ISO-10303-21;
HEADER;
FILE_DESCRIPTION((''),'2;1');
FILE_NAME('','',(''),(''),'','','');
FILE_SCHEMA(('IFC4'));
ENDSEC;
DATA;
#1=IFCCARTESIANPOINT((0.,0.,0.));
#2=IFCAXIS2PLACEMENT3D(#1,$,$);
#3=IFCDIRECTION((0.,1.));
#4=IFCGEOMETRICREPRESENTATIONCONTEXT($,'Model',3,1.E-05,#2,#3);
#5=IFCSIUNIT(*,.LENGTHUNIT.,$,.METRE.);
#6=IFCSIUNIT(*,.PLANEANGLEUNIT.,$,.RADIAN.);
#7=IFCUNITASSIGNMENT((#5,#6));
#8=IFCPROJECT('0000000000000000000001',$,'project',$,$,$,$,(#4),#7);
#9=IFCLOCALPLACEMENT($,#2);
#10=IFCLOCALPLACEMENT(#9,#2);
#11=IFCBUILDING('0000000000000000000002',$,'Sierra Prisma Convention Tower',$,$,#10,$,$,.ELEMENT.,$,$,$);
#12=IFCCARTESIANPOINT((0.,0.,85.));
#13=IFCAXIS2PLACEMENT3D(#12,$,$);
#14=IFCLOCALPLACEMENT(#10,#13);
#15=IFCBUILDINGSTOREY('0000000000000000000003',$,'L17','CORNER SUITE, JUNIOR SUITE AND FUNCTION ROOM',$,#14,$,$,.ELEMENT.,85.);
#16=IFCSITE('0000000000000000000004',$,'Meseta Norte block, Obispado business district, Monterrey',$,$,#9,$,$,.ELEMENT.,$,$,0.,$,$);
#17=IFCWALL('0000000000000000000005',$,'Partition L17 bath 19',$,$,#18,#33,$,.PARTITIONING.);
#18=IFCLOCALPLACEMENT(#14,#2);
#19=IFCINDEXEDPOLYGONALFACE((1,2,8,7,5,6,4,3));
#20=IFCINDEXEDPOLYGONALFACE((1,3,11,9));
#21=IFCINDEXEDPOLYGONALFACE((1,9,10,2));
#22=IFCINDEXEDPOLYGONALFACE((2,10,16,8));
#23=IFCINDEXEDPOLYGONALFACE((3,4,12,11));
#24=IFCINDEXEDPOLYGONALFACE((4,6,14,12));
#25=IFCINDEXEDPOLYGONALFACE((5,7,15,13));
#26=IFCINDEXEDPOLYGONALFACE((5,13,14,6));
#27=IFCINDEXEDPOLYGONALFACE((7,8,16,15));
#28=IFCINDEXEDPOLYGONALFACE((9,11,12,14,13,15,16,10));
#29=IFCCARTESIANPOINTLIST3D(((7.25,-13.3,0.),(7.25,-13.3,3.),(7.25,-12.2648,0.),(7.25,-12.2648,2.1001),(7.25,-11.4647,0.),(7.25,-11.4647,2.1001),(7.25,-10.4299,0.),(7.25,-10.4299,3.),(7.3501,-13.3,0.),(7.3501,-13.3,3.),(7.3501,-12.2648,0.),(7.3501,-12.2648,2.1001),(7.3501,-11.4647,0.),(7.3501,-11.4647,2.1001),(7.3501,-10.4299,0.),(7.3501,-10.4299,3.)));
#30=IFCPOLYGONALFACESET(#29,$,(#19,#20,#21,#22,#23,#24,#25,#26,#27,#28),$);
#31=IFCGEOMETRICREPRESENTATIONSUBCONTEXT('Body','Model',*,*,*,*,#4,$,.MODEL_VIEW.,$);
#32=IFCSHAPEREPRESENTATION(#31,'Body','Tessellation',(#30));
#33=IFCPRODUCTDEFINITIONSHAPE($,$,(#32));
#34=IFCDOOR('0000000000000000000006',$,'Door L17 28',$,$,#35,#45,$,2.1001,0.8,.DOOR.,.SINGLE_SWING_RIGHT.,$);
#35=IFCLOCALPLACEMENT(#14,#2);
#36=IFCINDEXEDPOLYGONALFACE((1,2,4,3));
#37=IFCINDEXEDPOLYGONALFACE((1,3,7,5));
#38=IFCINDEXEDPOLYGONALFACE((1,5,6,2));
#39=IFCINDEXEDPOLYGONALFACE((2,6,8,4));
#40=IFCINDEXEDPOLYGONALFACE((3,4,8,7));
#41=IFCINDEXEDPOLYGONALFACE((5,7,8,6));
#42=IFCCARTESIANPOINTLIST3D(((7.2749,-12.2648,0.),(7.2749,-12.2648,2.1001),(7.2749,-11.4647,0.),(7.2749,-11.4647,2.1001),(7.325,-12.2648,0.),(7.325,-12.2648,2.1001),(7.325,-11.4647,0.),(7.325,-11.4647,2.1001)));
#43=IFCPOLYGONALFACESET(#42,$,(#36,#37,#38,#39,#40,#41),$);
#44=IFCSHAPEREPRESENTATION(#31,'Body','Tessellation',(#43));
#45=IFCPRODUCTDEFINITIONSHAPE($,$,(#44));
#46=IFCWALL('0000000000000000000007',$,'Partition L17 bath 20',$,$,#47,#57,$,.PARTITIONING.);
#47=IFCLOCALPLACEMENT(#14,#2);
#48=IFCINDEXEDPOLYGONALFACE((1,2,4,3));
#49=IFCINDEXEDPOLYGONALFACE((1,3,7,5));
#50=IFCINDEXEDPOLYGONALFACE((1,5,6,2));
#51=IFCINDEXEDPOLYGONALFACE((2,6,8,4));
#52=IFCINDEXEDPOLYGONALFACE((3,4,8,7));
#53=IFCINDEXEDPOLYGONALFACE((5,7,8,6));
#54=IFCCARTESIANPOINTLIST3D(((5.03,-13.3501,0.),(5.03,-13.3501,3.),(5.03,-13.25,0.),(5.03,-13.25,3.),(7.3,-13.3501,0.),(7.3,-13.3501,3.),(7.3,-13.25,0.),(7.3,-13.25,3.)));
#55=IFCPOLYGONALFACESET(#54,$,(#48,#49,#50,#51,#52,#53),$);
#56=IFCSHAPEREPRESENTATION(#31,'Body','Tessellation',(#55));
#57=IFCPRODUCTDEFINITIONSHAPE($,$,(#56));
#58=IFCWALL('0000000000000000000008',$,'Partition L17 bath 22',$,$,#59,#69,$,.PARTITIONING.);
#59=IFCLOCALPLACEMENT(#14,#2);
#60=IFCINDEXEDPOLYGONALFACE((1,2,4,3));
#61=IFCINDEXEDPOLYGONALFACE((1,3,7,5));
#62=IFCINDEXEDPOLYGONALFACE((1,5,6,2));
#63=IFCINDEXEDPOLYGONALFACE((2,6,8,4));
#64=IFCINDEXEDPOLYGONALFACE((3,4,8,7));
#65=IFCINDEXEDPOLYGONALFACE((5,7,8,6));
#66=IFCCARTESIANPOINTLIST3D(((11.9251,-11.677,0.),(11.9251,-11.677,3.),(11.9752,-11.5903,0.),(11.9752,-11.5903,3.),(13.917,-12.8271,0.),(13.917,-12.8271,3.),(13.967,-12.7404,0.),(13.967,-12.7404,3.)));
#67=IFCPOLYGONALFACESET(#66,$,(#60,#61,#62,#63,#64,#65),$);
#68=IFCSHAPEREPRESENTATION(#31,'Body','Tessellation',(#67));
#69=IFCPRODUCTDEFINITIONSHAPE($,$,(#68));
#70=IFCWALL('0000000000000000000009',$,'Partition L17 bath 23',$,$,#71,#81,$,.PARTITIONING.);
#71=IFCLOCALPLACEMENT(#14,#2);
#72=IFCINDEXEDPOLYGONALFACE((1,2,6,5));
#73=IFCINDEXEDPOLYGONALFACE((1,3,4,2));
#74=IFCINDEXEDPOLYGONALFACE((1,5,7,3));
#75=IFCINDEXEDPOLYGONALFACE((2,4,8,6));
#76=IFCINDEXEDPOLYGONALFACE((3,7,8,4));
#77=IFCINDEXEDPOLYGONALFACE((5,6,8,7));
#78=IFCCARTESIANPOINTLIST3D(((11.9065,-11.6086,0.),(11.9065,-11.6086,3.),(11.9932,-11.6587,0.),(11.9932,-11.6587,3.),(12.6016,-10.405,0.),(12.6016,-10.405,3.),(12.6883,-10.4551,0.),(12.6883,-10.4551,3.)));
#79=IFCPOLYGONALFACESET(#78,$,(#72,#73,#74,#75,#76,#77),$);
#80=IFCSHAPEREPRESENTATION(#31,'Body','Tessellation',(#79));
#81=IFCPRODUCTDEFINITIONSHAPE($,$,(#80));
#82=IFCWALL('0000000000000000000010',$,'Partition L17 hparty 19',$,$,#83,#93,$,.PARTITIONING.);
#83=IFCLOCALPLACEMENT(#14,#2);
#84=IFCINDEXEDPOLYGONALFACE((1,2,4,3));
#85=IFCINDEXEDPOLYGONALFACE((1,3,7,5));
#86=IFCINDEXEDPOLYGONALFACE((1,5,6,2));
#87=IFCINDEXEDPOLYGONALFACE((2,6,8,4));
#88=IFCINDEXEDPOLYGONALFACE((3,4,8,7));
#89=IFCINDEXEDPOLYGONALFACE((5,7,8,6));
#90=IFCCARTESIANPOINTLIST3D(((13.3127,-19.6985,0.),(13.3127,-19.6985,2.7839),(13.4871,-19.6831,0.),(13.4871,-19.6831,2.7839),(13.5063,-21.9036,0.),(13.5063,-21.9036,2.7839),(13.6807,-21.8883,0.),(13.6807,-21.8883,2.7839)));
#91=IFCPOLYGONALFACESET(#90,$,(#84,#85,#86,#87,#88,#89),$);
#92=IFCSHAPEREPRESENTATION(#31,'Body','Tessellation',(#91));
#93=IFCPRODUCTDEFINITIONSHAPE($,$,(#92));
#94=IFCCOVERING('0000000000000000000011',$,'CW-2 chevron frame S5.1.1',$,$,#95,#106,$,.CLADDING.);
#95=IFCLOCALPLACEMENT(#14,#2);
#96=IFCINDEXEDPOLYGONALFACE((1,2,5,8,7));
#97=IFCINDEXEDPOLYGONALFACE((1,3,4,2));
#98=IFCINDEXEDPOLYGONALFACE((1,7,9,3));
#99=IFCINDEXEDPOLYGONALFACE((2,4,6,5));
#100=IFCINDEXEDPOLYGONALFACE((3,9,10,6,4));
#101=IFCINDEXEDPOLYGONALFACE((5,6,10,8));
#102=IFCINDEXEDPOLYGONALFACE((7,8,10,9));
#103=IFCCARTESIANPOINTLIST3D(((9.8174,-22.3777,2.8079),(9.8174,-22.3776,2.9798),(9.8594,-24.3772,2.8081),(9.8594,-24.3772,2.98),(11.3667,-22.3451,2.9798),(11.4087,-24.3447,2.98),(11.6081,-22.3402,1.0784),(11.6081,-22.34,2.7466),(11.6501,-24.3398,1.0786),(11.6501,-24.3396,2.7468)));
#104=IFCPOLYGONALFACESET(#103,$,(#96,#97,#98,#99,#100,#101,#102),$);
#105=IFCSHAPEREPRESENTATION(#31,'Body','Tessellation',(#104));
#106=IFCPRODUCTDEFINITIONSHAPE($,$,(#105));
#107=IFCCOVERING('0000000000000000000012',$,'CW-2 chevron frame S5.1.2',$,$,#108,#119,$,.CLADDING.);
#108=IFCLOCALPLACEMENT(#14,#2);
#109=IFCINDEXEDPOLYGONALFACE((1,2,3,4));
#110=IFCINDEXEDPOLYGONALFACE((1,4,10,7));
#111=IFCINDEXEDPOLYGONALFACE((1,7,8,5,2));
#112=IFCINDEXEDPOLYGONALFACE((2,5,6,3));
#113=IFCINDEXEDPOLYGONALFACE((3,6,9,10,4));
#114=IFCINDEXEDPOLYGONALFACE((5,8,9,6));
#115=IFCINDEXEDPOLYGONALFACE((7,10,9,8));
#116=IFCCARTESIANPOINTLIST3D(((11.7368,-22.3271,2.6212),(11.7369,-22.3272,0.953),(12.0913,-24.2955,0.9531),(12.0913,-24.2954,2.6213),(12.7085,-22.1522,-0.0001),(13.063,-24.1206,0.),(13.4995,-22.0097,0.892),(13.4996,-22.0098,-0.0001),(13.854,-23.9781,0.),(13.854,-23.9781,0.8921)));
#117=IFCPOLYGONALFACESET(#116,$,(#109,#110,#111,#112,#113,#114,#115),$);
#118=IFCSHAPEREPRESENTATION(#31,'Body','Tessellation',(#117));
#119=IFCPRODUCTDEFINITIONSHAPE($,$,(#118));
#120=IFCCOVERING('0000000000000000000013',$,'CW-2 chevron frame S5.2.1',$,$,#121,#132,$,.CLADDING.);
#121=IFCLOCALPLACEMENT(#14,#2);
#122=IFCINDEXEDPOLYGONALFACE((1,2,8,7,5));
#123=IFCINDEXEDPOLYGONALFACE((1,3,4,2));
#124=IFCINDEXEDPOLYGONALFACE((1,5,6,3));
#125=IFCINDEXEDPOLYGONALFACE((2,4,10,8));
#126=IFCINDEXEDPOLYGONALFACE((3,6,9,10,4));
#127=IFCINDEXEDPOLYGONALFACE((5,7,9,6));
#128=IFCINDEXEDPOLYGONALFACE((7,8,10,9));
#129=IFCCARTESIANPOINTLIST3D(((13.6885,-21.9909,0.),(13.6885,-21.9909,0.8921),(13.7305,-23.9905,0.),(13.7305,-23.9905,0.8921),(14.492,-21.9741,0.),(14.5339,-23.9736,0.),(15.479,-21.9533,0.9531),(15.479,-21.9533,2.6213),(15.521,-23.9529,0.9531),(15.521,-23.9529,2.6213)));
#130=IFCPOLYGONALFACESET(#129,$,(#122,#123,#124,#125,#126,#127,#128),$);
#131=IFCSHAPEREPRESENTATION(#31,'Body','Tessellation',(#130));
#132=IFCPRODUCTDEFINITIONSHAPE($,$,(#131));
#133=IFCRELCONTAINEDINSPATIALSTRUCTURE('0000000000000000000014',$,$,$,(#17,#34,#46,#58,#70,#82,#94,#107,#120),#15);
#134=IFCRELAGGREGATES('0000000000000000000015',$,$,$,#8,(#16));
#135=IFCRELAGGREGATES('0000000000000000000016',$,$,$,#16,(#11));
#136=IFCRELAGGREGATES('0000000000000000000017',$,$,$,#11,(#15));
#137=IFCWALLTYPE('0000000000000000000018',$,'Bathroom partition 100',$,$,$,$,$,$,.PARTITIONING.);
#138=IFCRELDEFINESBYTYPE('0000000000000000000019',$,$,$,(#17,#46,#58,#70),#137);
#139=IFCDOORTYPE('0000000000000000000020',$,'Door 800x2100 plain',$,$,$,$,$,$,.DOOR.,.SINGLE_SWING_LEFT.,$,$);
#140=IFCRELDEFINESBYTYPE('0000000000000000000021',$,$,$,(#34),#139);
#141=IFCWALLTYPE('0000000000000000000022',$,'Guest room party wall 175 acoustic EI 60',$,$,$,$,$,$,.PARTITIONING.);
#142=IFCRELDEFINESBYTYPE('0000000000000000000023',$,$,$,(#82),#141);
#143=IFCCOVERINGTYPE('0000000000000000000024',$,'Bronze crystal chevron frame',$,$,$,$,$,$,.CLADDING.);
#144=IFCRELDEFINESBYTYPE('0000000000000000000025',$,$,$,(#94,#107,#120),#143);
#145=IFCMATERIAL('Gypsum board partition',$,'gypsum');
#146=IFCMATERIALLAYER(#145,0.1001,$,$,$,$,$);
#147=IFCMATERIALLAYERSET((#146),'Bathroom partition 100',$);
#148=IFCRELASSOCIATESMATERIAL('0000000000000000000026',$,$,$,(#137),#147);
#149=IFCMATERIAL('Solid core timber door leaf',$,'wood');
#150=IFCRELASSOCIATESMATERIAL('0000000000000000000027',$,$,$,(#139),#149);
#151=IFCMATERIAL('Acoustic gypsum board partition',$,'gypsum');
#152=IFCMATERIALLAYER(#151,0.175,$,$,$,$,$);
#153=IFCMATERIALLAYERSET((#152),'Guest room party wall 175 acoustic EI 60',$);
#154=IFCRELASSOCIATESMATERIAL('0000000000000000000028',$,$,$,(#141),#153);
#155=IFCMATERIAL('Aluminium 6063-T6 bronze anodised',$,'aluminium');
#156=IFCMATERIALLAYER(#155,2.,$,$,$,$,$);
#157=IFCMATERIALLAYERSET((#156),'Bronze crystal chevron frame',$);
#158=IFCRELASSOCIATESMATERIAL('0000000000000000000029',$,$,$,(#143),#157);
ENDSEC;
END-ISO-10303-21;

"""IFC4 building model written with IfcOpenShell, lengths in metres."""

from ifc_helpers import new_model, si_unit, direction, frame, frame_2d, origin, place, context, subcontext, project, spatial, polyline, rectangle, outline, extrude, material, layer, layer_set, type_object, element, fill, save


model = new_model("IFC4")

# Units and contexts
model_context = context("Model", 3, precision=1e-05, world=origin(), true_north=direction((0.0, 1.0)))
body_context = subcontext(model_context, "Body", "Model", "MODEL_VIEW")
ifc_project = project(units=[si_unit("LENGTHUNIT", "METRE"), si_unit("PLANEANGLEUNIT", "RADIAN")], contexts=[model_context])

# Site, building, storey
site_placement = place(None, origin())
site = spatial("IfcSite", under=ifc_project, at=site_placement, Name="Meseta Norte block, Obispado business district, Monterrey", CompositionType="ELEMENT", RefElevation=0.0)
building_placement = place(site_placement, origin())
building = spatial("IfcBuilding", under=site, at=building_placement, Name="Sierra Prisma Convention Tower", CompositionType="ELEMENT")
storey_placement = place(building_placement, frame((0.0, 0.0, 85.0)))
storey = spatial("IfcBuildingStorey", under=building, at=storey_placement, Name="L17", Description="CORNER SUITE, JUNIOR SUITE AND FUNCTION ROOM", CompositionType="ELEMENT", Elevation=85.0)

# Shared definitions
ifc_material_1 = material(Name="Gypsum board partition", Category="gypsum")
ifc_layer_1 = layer(ifc_material_1, 0.1001)
ifc_layer_set_1 = layer_set([ifc_layer_1], Name="Bathroom partition 100")
wall_type_1 = type_object("IfcWallType", Name="Bathroom partition 100", PredefinedType="PARTITIONING", material=ifc_layer_set_1)
ifc_material_2 = material(Name="Solid core timber door leaf", Category="wood")
door_type = type_object("IfcDoorType", Name="Door 800x2100 plain", OperationType="SINGLE_SWING_LEFT", PredefinedType="DOOR", material=ifc_material_2)

# Wall, opening, door
wall_1_placement = place(storey_placement, frame((7.3, -10.4299, 0.0), z_axis=(0.0, 0.0, 1.0), x_axis=(0.0, -1.0, 0.0)))
wall_1 = element("IfcWall", 1, at=wall_1_placement, inside=storey, type_object=wall_type_1, Name="Partition L17 bath 19", PredefinedType="PARTITIONING", context=body_context, shape_type="SweptSolid", body=[
    extrude(rectangle(XDim=2.8701, YDim=0.1001, at=frame_2d((1.4351, 0.0))), origin(), (0.0, 0.0, 1.0), 3.0),
])
opening_1_placement = place(wall_1_placement, frame((1.0349, 0.0, 0.0)))
opening_1 = element("IfcOpeningElement", 2, at=opening_1_placement, cuts=wall_1, PredefinedType="OPENING", context=body_context, shape_type="SweptSolid", body=[
    extrude(rectangle(XDim=0.8, YDim=2.1001, at=frame_2d((0.3999, 1.05))), frame((0.0, 0.05, 0.0), z_axis=(0.0, -1.0, 0.0), x_axis=(1.0, 0.0, 0.0)), (0.0, 0.0, 1.0), 0.1001),
])
door_1_placement = place(opening_1_placement, origin())
door_1 = element("IfcDoor", 3, at=door_1_placement, inside=storey, type_object=door_type, Name="Door L17 28", OperationType="SINGLE_SWING_RIGHT", OverallHeight=2.1001, OverallWidth=0.8, PredefinedType="DOOR", context=body_context, shape_type="SweptSolid", body=[
    extrude(rectangle(XDim=0.8, YDim=2.1001, at=frame_2d((0.3999, 1.05))), frame((0.0, 0.0249, 0.0), z_axis=(0.0, -1.0, 0.0), x_axis=(1.0, 0.0, 0.0)), (0.0, 0.0, 1.0), 0.05),
])
fill(opening_1, door_1)

# Walls
wall_2_placement = place(storey_placement, frame((7.3, -13.3, 0.0), z_axis=(0.0, 0.0, 1.0), x_axis=(-1.0, 0.0, 0.0)))
element("IfcWall", 4, at=wall_2_placement, inside=storey, type_object=wall_type_1, Name="Partition L17 bath 20", PredefinedType="PARTITIONING", context=body_context, shape_type="SweptSolid", body=[
    extrude(rectangle(XDim=2.27, YDim=0.1001, at=frame_2d((1.135, 0.0))), origin(), (0.0, 0.0, 1.0), 3.0),
])
wall_3_placement = place(storey_placement, frame((13.9419, -12.7837, 0.0), z_axis=(0.0, 0.0, 1.0), x_axis=(-0.866007, 0.500032, 0.0)))
element("IfcWall", 5, at=wall_3_placement, inside=storey, type_object=wall_type_1, Name="Partition L17 bath 22", PredefinedType="PARTITIONING", context=body_context, shape_type="SweptSolid", body=[
    extrude(rectangle(XDim=2.3, YDim=0.1001, at=frame_2d((1.1499, 0.0))), origin(), (0.0, 0.0, 1.0), 3.0),
])
wall_4_placement = place(storey_placement, frame((11.95, -11.6335, 0.0), z_axis=(0.0, 0.0, 1.0), x_axis=(0.500087, 0.865975, 0.0)))
element("IfcWall", 6, at=wall_4_placement, inside=storey, type_object=wall_type_1, Name="Partition L17 bath 23", PredefinedType="PARTITIONING", context=body_context, shape_type="SweptSolid", body=[
    extrude(rectangle(XDim=1.3899, YDim=0.1001, at=frame_2d((0.6948, 0.0))), origin(), (0.0, 0.0, 1.0), 3.0),
])
ifc_material_3 = material(Name="Acoustic gypsum board partition", Category="gypsum")
ifc_layer_2 = layer(ifc_material_3, 0.175)
ifc_layer_set_2 = layer_set([ifc_layer_2], Name="Guest room party wall 175 acoustic EI 60")
wall_type_2 = type_object("IfcWallType", Name="Guest room party wall 175 acoustic EI 60", PredefinedType="PARTITIONING", material=ifc_layer_set_2)
wall_5_placement = place(storey_placement, frame((13.3999, -19.6907, 0.0), z_axis=(0.0, 0.0, 1.0), x_axis=(0.087462, -0.996168, 0.0)))
element("IfcWall", 7, at=wall_5_placement, inside=storey, type_object=wall_type_2, Name="Partition L17 hparty 19", PredefinedType="PARTITIONING", context=body_context, shape_type="SweptSolid", body=[
    extrude(rectangle(XDim=2.2136, YDim=0.175, at=frame_2d((1.1069, 0.0))), origin(), (0.0, 0.0, 1.0), 2.7839),
])

# Coverings
ifc_material_4 = material(Name="Aluminium 6063-T6 bronze anodised", Category="aluminium")
ifc_layer_3 = layer(ifc_material_4, 2.0)
ifc_layer_set_3 = layer_set([ifc_layer_3], Name="Bronze crystal chevron frame")
covering_type = type_object("IfcCoveringType", Name="Bronze crystal chevron frame", PredefinedType="CLADDING", material=ifc_layer_set_3)
covering_1_placement = place(storey_placement, frame((9.8594, -24.3772, 2.98), z_axis=(0.021002, -0.999779, 0.000091), x_axis=(0.000002, -0.000091, -1.0)))
element("IfcCovering", 8, at=covering_1_placement, inside=storey, type_object=covering_type, Name="CW-2 chevron frame S5.1.1", PredefinedType="CLADDING", context=body_context, shape_type="SweptSolid", body=[
    extrude(outline(polyline([(0.0, 0.0), (0.1719, 0.0), (1.9014, 1.7912), (0.2332, 1.7912), (0.0, 1.5497), (0.0, 0.0)])), origin(), (0.0, 0.0, -1.0), 2.0),
])
covering_2_placement = place(storey_placement, frame((12.0913, -24.2954, 2.6213), z_axis=(0.177232, -0.984169, 0.00005), x_axis=(0.000009, -0.000049, -1.0)))
element("IfcCovering", 9, at=covering_2_placement, inside=storey, type_object=covering_type, Name="CW-2 chevron frame S5.1.2", PredefinedType="CLADDING", context=body_context, shape_type="SweptSolid", body=[
    extrude(outline(polyline([(0.0, 0.0), (1.6682, 0.0), (2.6213, 0.9873), (2.6213, 1.791), (1.7292, 1.791), (0.0, 0.0)])), origin(), (0.0, 0.0, -1.0), 2.0),
])
covering_3_placement = place(storey_placement, frame((14.5339, -23.9736, 0.0), z_axis=(0.020989, -0.99978, 0.000009), x_axis=(0.719283, 0.015106, 0.694553)))
element("IfcCovering", 10, at=covering_3_placement, inside=storey, type_object=covering_type, Name="CW-2 chevron frame S5.2.1", PredefinedType="CLADDING", context=body_context, shape_type="SweptSolid", body=[
    extrude(outline(polyline([(0.0, 0.0), (1.3723, 0.0), (2.5309, 1.2002), (0.0414, 1.2), (-0.5782, 0.5582), (0.0, 0.0)])), origin(), (0.0, 0.0, -1.0), 2.0),
])

save(model, "model.ifc")
